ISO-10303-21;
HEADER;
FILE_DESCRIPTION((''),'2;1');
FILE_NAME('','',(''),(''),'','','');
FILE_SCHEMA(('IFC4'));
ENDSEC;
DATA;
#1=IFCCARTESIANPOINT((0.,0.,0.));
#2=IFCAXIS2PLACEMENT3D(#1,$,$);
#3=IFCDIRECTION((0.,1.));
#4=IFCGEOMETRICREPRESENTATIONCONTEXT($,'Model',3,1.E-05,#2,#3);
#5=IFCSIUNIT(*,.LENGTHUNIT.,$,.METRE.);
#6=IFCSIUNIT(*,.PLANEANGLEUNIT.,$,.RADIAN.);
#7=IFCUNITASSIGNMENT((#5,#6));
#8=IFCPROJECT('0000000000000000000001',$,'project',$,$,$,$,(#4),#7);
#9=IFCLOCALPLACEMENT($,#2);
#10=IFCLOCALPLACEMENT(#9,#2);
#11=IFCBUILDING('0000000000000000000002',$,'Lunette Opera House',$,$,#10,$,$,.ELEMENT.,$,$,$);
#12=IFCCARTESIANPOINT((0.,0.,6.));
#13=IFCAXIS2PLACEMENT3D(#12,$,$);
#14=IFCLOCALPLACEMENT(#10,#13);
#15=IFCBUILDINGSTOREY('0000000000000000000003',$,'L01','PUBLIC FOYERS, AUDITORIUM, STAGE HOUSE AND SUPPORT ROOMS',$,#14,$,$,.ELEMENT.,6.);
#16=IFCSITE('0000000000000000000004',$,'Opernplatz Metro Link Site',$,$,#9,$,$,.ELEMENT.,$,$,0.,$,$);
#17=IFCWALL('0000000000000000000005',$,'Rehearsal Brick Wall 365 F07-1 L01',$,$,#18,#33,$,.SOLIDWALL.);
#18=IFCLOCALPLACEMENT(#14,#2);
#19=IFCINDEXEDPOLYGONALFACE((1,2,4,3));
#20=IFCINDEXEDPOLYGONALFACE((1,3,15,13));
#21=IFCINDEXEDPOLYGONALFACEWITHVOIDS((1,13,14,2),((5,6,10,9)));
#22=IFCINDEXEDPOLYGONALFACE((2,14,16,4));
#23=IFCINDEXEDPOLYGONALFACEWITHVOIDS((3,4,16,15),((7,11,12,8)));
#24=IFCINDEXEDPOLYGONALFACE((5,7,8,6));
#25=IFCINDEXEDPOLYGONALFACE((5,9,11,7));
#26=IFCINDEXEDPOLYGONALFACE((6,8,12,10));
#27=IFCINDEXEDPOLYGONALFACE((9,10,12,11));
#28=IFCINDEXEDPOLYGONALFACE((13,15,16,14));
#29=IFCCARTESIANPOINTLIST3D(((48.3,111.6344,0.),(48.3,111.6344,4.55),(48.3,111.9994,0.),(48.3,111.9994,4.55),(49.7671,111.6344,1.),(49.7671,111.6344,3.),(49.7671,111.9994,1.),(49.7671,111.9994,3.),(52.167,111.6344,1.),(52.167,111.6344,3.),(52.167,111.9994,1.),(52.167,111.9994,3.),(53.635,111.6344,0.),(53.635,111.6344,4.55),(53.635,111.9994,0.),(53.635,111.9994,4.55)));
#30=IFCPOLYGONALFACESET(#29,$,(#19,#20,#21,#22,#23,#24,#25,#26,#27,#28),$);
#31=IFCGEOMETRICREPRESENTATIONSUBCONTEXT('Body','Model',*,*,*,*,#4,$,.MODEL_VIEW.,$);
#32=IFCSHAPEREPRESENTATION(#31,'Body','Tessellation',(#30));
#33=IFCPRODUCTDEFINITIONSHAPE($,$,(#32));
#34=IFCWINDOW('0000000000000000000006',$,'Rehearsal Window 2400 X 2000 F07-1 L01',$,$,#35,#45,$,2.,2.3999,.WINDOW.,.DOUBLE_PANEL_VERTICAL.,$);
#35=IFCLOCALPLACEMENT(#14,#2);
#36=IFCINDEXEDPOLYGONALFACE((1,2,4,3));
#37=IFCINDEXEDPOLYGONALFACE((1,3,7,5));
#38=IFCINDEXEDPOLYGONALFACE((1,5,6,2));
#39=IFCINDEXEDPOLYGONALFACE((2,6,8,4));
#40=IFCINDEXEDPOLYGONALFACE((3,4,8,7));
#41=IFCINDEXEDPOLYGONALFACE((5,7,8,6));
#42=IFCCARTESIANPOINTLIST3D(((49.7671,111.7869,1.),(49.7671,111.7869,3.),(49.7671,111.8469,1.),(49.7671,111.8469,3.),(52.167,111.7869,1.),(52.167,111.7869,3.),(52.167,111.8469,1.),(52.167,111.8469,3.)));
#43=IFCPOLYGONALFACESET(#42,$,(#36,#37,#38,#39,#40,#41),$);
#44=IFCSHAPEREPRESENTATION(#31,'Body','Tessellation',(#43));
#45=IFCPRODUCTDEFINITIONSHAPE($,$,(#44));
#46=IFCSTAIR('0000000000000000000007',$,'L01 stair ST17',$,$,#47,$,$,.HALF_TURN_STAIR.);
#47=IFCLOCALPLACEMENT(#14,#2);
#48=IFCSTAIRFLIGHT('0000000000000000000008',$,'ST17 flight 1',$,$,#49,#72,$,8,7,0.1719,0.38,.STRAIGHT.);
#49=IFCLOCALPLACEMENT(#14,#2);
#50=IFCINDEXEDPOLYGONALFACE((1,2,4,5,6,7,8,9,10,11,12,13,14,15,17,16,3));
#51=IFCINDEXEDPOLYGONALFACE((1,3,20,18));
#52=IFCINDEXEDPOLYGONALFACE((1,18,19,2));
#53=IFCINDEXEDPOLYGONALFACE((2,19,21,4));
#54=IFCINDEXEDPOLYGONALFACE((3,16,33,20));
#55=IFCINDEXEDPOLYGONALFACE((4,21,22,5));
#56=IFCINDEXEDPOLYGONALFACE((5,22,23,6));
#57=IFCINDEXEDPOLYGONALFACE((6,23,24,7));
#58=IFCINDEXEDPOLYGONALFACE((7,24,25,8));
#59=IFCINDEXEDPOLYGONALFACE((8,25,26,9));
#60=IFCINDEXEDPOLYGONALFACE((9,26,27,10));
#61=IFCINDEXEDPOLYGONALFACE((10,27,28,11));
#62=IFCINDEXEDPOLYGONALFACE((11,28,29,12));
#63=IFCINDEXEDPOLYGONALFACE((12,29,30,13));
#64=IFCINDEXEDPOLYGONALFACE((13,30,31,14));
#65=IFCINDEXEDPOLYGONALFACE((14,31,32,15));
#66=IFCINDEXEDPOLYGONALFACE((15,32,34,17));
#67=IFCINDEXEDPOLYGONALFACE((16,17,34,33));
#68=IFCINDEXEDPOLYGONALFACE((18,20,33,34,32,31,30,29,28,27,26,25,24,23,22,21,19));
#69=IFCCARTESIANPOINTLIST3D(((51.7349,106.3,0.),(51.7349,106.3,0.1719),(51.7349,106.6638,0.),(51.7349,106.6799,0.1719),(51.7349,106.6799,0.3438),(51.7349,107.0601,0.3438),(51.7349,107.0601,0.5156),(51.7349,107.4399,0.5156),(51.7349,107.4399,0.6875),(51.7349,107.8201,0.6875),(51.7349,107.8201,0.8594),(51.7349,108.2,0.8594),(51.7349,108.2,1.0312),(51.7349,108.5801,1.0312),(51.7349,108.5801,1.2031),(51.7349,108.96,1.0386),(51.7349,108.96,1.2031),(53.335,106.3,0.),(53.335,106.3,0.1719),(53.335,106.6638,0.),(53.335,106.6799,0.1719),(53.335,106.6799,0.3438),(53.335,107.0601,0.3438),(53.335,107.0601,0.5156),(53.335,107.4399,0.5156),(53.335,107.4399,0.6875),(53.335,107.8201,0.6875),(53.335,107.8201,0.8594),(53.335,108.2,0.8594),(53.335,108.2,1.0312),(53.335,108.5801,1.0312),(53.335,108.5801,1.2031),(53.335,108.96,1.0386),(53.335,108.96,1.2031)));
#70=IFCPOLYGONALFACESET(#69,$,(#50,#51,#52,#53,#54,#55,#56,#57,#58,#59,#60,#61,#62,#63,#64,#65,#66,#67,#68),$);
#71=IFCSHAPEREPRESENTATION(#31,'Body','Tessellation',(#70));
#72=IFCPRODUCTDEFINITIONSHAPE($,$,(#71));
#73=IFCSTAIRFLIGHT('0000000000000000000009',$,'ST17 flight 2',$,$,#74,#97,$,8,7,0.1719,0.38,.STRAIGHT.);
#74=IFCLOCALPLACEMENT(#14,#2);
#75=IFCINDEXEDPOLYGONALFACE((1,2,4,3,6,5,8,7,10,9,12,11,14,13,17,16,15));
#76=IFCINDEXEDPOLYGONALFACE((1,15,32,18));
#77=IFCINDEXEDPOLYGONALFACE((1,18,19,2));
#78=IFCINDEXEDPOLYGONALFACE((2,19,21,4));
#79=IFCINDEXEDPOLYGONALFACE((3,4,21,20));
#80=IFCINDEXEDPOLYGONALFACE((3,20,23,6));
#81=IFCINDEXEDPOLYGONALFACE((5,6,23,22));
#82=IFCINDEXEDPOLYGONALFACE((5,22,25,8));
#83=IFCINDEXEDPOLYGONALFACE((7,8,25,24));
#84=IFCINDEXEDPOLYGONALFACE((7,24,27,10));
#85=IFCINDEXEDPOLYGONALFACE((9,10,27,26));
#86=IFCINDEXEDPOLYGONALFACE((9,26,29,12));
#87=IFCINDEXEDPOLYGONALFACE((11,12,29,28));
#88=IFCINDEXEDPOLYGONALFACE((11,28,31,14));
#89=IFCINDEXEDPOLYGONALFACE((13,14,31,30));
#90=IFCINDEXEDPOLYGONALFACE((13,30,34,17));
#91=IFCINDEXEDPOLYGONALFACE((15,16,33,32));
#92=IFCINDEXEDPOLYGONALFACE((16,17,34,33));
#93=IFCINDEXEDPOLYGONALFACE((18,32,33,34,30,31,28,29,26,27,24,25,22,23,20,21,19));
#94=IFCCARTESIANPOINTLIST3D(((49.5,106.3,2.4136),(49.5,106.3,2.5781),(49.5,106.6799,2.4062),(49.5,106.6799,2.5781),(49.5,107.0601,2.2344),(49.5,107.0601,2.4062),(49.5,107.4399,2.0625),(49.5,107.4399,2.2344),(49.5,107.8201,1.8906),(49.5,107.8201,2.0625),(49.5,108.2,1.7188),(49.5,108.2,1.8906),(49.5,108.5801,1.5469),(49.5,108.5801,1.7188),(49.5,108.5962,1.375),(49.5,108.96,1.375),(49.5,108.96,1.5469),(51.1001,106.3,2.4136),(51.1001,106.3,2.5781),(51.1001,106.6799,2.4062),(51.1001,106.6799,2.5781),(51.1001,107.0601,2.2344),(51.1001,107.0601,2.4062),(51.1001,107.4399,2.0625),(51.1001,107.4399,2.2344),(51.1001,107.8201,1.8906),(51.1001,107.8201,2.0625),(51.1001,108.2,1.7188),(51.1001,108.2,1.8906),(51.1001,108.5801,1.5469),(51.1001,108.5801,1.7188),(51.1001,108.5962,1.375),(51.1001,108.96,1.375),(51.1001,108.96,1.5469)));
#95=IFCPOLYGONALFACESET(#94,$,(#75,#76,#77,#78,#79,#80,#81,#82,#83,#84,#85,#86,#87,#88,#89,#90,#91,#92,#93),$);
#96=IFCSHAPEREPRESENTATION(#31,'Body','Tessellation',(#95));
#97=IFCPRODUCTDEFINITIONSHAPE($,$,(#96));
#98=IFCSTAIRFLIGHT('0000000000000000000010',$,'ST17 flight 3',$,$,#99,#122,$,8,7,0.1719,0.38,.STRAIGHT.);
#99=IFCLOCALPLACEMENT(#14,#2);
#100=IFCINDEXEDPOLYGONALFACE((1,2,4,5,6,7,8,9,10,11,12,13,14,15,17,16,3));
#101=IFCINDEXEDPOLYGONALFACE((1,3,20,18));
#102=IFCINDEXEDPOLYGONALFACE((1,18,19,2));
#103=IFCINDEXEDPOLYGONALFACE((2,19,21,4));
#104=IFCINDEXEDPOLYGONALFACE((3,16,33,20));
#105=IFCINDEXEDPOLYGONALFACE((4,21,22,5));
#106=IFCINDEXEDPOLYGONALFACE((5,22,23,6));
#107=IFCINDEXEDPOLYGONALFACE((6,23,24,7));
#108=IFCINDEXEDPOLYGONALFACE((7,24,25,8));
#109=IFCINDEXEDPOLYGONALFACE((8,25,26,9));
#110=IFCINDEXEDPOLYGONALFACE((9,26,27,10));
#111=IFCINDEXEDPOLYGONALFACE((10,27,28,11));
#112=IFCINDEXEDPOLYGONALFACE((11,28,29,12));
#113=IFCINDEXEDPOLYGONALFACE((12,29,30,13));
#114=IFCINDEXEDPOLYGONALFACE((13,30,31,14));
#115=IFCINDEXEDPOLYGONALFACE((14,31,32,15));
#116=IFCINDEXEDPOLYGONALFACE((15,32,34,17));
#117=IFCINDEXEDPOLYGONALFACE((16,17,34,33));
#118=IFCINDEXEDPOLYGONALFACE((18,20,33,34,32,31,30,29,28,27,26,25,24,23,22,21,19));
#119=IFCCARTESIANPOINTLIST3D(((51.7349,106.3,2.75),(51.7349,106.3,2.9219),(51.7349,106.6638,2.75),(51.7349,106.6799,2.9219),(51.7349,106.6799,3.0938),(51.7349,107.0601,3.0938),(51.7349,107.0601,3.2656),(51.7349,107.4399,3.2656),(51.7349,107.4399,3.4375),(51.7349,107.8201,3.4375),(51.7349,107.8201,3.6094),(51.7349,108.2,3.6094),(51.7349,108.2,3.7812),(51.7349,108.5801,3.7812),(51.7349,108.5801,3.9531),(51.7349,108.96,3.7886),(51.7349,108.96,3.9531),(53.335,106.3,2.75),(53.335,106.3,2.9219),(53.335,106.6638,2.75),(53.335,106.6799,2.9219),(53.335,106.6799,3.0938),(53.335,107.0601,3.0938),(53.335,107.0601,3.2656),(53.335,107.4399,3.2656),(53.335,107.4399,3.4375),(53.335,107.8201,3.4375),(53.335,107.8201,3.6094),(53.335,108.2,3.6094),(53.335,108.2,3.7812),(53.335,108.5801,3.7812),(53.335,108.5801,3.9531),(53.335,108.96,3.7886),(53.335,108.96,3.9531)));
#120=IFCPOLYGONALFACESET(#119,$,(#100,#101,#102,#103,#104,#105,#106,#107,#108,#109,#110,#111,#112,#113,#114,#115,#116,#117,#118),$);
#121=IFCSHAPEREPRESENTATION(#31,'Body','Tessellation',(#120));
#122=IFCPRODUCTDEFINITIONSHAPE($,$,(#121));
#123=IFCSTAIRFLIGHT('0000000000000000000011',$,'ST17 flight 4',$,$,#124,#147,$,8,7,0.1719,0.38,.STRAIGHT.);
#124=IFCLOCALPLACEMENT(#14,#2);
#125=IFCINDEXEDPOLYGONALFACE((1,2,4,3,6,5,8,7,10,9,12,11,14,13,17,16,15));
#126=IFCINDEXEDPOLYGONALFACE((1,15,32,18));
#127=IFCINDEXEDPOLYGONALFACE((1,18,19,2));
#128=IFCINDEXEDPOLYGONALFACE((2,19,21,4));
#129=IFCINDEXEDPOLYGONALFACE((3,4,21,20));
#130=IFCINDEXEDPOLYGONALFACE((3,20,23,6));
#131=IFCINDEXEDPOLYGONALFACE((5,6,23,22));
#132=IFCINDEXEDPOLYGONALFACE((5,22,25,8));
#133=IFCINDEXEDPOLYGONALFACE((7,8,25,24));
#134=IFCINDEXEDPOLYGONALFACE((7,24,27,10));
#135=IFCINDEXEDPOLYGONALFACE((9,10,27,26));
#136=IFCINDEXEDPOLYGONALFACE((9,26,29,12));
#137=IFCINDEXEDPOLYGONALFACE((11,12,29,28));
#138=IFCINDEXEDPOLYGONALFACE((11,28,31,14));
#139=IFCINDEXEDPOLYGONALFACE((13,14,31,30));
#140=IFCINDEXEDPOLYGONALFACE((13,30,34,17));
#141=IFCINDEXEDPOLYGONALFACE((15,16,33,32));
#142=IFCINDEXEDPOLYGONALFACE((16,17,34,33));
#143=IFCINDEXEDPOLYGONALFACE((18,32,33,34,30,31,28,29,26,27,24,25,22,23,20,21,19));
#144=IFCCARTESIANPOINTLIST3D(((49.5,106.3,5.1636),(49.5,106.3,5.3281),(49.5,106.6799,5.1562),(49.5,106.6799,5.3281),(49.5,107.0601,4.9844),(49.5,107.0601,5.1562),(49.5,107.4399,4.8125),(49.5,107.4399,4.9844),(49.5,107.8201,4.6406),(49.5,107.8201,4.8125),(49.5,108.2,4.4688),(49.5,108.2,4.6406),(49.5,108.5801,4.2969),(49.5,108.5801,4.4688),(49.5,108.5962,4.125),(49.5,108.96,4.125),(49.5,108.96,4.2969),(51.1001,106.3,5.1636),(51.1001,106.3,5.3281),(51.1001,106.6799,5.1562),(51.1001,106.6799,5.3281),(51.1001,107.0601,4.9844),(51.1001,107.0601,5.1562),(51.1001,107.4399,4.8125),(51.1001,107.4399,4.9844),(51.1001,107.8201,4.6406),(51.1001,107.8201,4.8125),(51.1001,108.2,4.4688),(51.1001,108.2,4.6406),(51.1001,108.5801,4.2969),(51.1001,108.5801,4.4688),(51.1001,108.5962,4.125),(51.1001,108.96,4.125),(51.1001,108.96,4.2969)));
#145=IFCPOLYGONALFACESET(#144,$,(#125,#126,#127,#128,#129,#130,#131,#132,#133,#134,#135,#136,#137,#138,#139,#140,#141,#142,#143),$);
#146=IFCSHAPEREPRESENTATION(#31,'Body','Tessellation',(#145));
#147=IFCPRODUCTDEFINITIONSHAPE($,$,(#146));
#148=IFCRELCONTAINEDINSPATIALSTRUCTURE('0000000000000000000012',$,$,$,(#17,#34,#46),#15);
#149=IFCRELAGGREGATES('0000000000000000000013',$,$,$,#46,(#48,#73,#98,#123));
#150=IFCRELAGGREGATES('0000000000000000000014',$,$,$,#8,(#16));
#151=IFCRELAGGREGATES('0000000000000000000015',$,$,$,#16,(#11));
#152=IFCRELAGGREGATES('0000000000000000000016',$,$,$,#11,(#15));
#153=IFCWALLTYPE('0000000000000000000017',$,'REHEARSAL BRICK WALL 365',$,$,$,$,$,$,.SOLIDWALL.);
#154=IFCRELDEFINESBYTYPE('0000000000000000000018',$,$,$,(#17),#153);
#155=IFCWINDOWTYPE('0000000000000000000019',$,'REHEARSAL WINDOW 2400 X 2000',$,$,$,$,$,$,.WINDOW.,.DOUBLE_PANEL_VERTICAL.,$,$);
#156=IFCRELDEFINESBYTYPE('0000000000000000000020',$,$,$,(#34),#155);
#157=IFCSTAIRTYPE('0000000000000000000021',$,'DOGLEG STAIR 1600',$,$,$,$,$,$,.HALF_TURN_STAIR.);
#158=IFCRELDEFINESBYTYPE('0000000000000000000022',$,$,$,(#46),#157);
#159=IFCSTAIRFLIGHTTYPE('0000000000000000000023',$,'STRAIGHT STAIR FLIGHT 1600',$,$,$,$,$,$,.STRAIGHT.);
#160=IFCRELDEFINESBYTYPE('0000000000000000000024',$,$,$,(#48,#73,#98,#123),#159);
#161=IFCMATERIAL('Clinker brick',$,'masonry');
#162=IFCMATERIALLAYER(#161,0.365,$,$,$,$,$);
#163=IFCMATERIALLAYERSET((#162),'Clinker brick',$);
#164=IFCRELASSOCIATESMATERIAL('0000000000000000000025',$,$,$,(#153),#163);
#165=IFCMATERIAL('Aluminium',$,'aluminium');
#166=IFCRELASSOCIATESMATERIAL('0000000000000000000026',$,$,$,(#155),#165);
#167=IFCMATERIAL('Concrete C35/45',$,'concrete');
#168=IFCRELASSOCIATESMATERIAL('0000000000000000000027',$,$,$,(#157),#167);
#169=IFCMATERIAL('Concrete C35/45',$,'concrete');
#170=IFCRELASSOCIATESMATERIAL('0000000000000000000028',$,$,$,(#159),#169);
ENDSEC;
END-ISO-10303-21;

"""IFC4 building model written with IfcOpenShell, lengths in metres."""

from ifc_helpers import new_model, si_unit, direction, frame, frame_2d, origin, place, context, subcontext, project, spatial, polyline, rectangle, outline, extrude, material, layer, layer_set, type_object, element, fill, aggregate, save


model = new_model("IFC4")

# Units and contexts
model_context = context("Model", 3, precision=1e-05, world=origin(), true_north=direction((0.0, 1.0)))
body_context = subcontext(model_context, "Body", "Model", "MODEL_VIEW")
ifc_project = project(units=[si_unit("LENGTHUNIT", "METRE"), si_unit("PLANEANGLEUNIT", "RADIAN")], contexts=[model_context])

# Site, building, storey
site_placement = place(None, origin())
site = spatial("IfcSite", under=ifc_project, at=site_placement, Name="Opernplatz Metro Link Site", CompositionType="ELEMENT", RefElevation=0.0)
building_placement = place(site_placement, origin())
building = spatial("IfcBuilding", under=site, at=building_placement, Name="Lunette Opera House", CompositionType="ELEMENT")
storey_placement = place(building_placement, frame((0.0, 0.0, 6.0)))
storey = spatial("IfcBuildingStorey", under=building, at=storey_placement, Name="L01", Description="PUBLIC FOYERS, AUDITORIUM, STAGE HOUSE AND SUPPORT ROOMS", CompositionType="ELEMENT", Elevation=6.0)

# Wall, opening, window
ifc_material_1 = material(Name="Clinker brick", Category="masonry")
ifc_layer_1 = layer(ifc_material_1, 0.365)
ifc_layer_set_1 = layer_set([ifc_layer_1], Name="Clinker brick")
wall_type_1 = type_object("IfcWallType", Name="REHEARSAL BRICK WALL 365", PredefinedType="SOLIDWALL", material=ifc_layer_set_1)
wall_1_placement = place(storey_placement, frame((53.635, 111.8169, 0.0), z_axis=(0.0, 0.0, 1.0), x_axis=(-1.0, 0.0, 0.0)))
wall_1 = element("IfcWall", 1, at=wall_1_placement, inside=storey, type_object=wall_type_1, Name="Rehearsal Brick Wall 365 F07-1 L01", PredefinedType="SOLIDWALL", context=body_context, shape_type="SweptSolid", body=[
    extrude(rectangle(XDim=5.335, YDim=0.365, at=frame_2d((2.6675, 0.0))), origin(), (0.0, 0.0, 1.0), 4.55),
])
opening_1_placement = place(wall_1_placement, frame((1.468, 0.0, 1.0)))
opening_1 = element("IfcOpeningElement", 2, at=opening_1_placement, cuts=wall_1, PredefinedType="OPENING", context=body_context, shape_type="SweptSolid", body=[
    extrude(rectangle(XDim=2.3999, YDim=2.0, at=frame_2d((1.2, 1.0))), frame((0.0, 0.1946, 0.0), z_axis=(0.0, -1.0, 0.0), x_axis=(1.0, 0.0, 0.0)), (0.0, 0.0, 1.0), 0.3889),
])
ifc_material_2 = material(Name="Aluminium", Category="aluminium")
window_type = type_object("IfcWindowType", Name="REHEARSAL WINDOW 2400 X 2000", PartitioningType="DOUBLE_PANEL_VERTICAL", PredefinedType="WINDOW", material=ifc_material_2)
window_placement = place(opening_1_placement, origin())
window = element("IfcWindow", 3, at=window_placement, inside=storey, type_object=window_type, Name="Rehearsal Window 2400 X 2000 F07-1 L01", OverallHeight=2.0, OverallWidth=2.3999, PartitioningType="DOUBLE_PANEL_VERTICAL", PredefinedType="WINDOW", context=body_context, shape_type="SweptSolid", body=[
    extrude(rectangle(XDim=2.3999, YDim=2.0, at=frame_2d((1.2, 1.0))), frame((0.0, 0.03, 0.0), z_axis=(0.0, -1.0, 0.0), x_axis=(1.0, 0.0, 0.0)), (0.0, 0.0, 1.0), 0.0601),
])
fill(opening_1, window)

# Stair, stair flights
ifc_material_3 = material(Name="Concrete C35/45", Category="concrete")
stair_type = type_object("IfcStairType", Name="DOGLEG STAIR 1600", PredefinedType="HALF_TURN_STAIR", material=ifc_material_3)
stair_placement = place(storey_placement, origin())
stair = element("IfcStair", 4, at=stair_placement, inside=storey, type_object=stair_type, Name="L01 stair ST17", PredefinedType="HALF_TURN_STAIR")
ifc_material_4 = material(Name="Concrete C35/45", Category="concrete")
stair_flight_type = type_object("IfcStairFlightType", Name="STRAIGHT STAIR FLIGHT 1600", PredefinedType="STRAIGHT", material=ifc_material_4)
stair_flight_1_placement = place(storey_placement, frame((52.5349, 106.3, 0.0), z_axis=(0.0, 0.0, 1.0), x_axis=(0.0, 1.0, 0.0)))
stair_flight_1 = element("IfcStairFlight", 5, at=stair_flight_1_placement, type_object=stair_flight_type, Name="ST17 flight 1", NumberOfRisers=8, NumberOfTreads=7, PredefinedType="STRAIGHT", RiserHeight=0.1719, TreadLength=0.38, context=body_context, shape_type="SweptSolid", body=[
    extrude(outline(polyline([(0.0, 0.0), (0.0, 0.1719), (0.3799, 0.1719), (0.3799, 0.3438), (0.76, 0.3438), (0.76, 0.5156), (1.1399, 0.5156), (1.1399, 0.6875), (1.52, 0.6875), (1.52, 0.8594), (1.8999, 0.8594), (1.8999, 1.0312), (2.28, 1.0312), (2.28, 1.2031), (2.6599, 1.2031), (2.6599, 1.375), (2.6599, 1.0386), (0.3638, 0.0), (0.0, 0.0)])), frame((0.0, 0.8, 0.0), z_axis=(0.0, -1.0, 0.0), x_axis=(1.0, 0.0, 0.0)), (0.0, 0.0, 1.0), 1.6001),
])
stair_flight_2_placement = place(storey_placement, frame((50.3, 108.96, 1.375), z_axis=(0.0, 0.0, 1.0), x_axis=(0.0, -1.0, 0.0)))
stair_flight_2 = element("IfcStairFlight", 6, at=stair_flight_2_placement, type_object=stair_flight_type, Name="ST17 flight 2", NumberOfRisers=8, NumberOfTreads=7, PredefinedType="STRAIGHT", RiserHeight=0.1719, TreadLength=0.38, context=body_context, shape_type="SweptSolid", body=[
    extrude(outline(polyline([(0.0, 0.0), (0.0, 0.1719), (0.3799, 0.1719), (0.3799, 0.3438), (0.76, 0.3438), (0.76, 0.5156), (1.1399, 0.5156), (1.1399, 0.6875), (1.52, 0.6875), (1.52, 0.8594), (1.8999, 0.8594), (1.8999, 1.0312), (2.28, 1.0312), (2.28, 1.2031), (2.6599, 1.2031), (2.6599, 1.375), (2.6599, 1.0386), (0.3638, 0.0), (0.0, 0.0)])), frame((0.0, 0.8, 0.0), z_axis=(0.0, -1.0, 0.0), x_axis=(1.0, 0.0, 0.0)), (0.0, 0.0, 1.0), 1.6001),
])
stair_flight_3_placement = place(storey_placement, frame((52.5349, 106.3, 2.75), z_axis=(0.0, 0.0, 1.0), x_axis=(0.0, 1.0, 0.0)))
stair_flight_3 = element("IfcStairFlight", 7, at=stair_flight_3_placement, type_object=stair_flight_type, Name="ST17 flight 3", NumberOfRisers=8, NumberOfTreads=7, PredefinedType="STRAIGHT", RiserHeight=0.1719, TreadLength=0.38, context=body_context, shape_type="SweptSolid", body=[
    extrude(outline(polyline([(0.0, 0.0), (0.0, 0.1719), (0.3799, 0.1719), (0.3799, 0.3438), (0.76, 0.3438), (0.76, 0.5156), (1.1399, 0.5156), (1.1399, 0.6875), (1.52, 0.6875), (1.52, 0.8594), (1.8999, 0.8594), (1.8999, 1.0312), (2.28, 1.0312), (2.28, 1.2031), (2.6599, 1.2031), (2.6599, 1.375), (2.6599, 1.0386), (0.3638, 0.0), (0.0, 0.0)])), frame((0.0, 0.8, 0.0), z_axis=(0.0, -1.0, 0.0), x_axis=(1.0, 0.0, 0.0)), (0.0, 0.0, 1.0), 1.6001),
])
stair_flight_4_placement = place(storey_placement, frame((50.3, 108.96, 4.125), z_axis=(0.0, 0.0, 1.0), x_axis=(0.0, -1.0, 0.0)))
stair_flight_4 = element("IfcStairFlight", 8, at=stair_flight_4_placement, type_object=stair_flight_type, Name="ST17 flight 4", NumberOfRisers=8, NumberOfTreads=7, PredefinedType="STRAIGHT", RiserHeight=0.1719, TreadLength=0.38, context=body_context, shape_type="SweptSolid", body=[
    extrude(outline(polyline([(0.0, 0.0), (0.0, 0.1719), (0.3799, 0.1719), (0.3799, 0.3438), (0.76, 0.3438), (0.76, 0.5156), (1.1399, 0.5156), (1.1399, 0.6875), (1.52, 0.6875), (1.52, 0.8594), (1.8999, 0.8594), (1.8999, 1.0312), (2.28, 1.0312), (2.28, 1.2031), (2.6599, 1.2031), (2.6599, 1.375), (2.6599, 1.0386), (0.3638, 0.0), (0.0, 0.0)])), frame((0.0, 0.8, 0.0), z_axis=(0.0, -1.0, 0.0), x_axis=(1.0, 0.0, 0.0)), (0.0, 0.0, 1.0), 1.6001),
])
aggregate(stair, [stair_flight_1, stair_flight_2, stair_flight_3, stair_flight_4])

save(model, "model.ifc")
